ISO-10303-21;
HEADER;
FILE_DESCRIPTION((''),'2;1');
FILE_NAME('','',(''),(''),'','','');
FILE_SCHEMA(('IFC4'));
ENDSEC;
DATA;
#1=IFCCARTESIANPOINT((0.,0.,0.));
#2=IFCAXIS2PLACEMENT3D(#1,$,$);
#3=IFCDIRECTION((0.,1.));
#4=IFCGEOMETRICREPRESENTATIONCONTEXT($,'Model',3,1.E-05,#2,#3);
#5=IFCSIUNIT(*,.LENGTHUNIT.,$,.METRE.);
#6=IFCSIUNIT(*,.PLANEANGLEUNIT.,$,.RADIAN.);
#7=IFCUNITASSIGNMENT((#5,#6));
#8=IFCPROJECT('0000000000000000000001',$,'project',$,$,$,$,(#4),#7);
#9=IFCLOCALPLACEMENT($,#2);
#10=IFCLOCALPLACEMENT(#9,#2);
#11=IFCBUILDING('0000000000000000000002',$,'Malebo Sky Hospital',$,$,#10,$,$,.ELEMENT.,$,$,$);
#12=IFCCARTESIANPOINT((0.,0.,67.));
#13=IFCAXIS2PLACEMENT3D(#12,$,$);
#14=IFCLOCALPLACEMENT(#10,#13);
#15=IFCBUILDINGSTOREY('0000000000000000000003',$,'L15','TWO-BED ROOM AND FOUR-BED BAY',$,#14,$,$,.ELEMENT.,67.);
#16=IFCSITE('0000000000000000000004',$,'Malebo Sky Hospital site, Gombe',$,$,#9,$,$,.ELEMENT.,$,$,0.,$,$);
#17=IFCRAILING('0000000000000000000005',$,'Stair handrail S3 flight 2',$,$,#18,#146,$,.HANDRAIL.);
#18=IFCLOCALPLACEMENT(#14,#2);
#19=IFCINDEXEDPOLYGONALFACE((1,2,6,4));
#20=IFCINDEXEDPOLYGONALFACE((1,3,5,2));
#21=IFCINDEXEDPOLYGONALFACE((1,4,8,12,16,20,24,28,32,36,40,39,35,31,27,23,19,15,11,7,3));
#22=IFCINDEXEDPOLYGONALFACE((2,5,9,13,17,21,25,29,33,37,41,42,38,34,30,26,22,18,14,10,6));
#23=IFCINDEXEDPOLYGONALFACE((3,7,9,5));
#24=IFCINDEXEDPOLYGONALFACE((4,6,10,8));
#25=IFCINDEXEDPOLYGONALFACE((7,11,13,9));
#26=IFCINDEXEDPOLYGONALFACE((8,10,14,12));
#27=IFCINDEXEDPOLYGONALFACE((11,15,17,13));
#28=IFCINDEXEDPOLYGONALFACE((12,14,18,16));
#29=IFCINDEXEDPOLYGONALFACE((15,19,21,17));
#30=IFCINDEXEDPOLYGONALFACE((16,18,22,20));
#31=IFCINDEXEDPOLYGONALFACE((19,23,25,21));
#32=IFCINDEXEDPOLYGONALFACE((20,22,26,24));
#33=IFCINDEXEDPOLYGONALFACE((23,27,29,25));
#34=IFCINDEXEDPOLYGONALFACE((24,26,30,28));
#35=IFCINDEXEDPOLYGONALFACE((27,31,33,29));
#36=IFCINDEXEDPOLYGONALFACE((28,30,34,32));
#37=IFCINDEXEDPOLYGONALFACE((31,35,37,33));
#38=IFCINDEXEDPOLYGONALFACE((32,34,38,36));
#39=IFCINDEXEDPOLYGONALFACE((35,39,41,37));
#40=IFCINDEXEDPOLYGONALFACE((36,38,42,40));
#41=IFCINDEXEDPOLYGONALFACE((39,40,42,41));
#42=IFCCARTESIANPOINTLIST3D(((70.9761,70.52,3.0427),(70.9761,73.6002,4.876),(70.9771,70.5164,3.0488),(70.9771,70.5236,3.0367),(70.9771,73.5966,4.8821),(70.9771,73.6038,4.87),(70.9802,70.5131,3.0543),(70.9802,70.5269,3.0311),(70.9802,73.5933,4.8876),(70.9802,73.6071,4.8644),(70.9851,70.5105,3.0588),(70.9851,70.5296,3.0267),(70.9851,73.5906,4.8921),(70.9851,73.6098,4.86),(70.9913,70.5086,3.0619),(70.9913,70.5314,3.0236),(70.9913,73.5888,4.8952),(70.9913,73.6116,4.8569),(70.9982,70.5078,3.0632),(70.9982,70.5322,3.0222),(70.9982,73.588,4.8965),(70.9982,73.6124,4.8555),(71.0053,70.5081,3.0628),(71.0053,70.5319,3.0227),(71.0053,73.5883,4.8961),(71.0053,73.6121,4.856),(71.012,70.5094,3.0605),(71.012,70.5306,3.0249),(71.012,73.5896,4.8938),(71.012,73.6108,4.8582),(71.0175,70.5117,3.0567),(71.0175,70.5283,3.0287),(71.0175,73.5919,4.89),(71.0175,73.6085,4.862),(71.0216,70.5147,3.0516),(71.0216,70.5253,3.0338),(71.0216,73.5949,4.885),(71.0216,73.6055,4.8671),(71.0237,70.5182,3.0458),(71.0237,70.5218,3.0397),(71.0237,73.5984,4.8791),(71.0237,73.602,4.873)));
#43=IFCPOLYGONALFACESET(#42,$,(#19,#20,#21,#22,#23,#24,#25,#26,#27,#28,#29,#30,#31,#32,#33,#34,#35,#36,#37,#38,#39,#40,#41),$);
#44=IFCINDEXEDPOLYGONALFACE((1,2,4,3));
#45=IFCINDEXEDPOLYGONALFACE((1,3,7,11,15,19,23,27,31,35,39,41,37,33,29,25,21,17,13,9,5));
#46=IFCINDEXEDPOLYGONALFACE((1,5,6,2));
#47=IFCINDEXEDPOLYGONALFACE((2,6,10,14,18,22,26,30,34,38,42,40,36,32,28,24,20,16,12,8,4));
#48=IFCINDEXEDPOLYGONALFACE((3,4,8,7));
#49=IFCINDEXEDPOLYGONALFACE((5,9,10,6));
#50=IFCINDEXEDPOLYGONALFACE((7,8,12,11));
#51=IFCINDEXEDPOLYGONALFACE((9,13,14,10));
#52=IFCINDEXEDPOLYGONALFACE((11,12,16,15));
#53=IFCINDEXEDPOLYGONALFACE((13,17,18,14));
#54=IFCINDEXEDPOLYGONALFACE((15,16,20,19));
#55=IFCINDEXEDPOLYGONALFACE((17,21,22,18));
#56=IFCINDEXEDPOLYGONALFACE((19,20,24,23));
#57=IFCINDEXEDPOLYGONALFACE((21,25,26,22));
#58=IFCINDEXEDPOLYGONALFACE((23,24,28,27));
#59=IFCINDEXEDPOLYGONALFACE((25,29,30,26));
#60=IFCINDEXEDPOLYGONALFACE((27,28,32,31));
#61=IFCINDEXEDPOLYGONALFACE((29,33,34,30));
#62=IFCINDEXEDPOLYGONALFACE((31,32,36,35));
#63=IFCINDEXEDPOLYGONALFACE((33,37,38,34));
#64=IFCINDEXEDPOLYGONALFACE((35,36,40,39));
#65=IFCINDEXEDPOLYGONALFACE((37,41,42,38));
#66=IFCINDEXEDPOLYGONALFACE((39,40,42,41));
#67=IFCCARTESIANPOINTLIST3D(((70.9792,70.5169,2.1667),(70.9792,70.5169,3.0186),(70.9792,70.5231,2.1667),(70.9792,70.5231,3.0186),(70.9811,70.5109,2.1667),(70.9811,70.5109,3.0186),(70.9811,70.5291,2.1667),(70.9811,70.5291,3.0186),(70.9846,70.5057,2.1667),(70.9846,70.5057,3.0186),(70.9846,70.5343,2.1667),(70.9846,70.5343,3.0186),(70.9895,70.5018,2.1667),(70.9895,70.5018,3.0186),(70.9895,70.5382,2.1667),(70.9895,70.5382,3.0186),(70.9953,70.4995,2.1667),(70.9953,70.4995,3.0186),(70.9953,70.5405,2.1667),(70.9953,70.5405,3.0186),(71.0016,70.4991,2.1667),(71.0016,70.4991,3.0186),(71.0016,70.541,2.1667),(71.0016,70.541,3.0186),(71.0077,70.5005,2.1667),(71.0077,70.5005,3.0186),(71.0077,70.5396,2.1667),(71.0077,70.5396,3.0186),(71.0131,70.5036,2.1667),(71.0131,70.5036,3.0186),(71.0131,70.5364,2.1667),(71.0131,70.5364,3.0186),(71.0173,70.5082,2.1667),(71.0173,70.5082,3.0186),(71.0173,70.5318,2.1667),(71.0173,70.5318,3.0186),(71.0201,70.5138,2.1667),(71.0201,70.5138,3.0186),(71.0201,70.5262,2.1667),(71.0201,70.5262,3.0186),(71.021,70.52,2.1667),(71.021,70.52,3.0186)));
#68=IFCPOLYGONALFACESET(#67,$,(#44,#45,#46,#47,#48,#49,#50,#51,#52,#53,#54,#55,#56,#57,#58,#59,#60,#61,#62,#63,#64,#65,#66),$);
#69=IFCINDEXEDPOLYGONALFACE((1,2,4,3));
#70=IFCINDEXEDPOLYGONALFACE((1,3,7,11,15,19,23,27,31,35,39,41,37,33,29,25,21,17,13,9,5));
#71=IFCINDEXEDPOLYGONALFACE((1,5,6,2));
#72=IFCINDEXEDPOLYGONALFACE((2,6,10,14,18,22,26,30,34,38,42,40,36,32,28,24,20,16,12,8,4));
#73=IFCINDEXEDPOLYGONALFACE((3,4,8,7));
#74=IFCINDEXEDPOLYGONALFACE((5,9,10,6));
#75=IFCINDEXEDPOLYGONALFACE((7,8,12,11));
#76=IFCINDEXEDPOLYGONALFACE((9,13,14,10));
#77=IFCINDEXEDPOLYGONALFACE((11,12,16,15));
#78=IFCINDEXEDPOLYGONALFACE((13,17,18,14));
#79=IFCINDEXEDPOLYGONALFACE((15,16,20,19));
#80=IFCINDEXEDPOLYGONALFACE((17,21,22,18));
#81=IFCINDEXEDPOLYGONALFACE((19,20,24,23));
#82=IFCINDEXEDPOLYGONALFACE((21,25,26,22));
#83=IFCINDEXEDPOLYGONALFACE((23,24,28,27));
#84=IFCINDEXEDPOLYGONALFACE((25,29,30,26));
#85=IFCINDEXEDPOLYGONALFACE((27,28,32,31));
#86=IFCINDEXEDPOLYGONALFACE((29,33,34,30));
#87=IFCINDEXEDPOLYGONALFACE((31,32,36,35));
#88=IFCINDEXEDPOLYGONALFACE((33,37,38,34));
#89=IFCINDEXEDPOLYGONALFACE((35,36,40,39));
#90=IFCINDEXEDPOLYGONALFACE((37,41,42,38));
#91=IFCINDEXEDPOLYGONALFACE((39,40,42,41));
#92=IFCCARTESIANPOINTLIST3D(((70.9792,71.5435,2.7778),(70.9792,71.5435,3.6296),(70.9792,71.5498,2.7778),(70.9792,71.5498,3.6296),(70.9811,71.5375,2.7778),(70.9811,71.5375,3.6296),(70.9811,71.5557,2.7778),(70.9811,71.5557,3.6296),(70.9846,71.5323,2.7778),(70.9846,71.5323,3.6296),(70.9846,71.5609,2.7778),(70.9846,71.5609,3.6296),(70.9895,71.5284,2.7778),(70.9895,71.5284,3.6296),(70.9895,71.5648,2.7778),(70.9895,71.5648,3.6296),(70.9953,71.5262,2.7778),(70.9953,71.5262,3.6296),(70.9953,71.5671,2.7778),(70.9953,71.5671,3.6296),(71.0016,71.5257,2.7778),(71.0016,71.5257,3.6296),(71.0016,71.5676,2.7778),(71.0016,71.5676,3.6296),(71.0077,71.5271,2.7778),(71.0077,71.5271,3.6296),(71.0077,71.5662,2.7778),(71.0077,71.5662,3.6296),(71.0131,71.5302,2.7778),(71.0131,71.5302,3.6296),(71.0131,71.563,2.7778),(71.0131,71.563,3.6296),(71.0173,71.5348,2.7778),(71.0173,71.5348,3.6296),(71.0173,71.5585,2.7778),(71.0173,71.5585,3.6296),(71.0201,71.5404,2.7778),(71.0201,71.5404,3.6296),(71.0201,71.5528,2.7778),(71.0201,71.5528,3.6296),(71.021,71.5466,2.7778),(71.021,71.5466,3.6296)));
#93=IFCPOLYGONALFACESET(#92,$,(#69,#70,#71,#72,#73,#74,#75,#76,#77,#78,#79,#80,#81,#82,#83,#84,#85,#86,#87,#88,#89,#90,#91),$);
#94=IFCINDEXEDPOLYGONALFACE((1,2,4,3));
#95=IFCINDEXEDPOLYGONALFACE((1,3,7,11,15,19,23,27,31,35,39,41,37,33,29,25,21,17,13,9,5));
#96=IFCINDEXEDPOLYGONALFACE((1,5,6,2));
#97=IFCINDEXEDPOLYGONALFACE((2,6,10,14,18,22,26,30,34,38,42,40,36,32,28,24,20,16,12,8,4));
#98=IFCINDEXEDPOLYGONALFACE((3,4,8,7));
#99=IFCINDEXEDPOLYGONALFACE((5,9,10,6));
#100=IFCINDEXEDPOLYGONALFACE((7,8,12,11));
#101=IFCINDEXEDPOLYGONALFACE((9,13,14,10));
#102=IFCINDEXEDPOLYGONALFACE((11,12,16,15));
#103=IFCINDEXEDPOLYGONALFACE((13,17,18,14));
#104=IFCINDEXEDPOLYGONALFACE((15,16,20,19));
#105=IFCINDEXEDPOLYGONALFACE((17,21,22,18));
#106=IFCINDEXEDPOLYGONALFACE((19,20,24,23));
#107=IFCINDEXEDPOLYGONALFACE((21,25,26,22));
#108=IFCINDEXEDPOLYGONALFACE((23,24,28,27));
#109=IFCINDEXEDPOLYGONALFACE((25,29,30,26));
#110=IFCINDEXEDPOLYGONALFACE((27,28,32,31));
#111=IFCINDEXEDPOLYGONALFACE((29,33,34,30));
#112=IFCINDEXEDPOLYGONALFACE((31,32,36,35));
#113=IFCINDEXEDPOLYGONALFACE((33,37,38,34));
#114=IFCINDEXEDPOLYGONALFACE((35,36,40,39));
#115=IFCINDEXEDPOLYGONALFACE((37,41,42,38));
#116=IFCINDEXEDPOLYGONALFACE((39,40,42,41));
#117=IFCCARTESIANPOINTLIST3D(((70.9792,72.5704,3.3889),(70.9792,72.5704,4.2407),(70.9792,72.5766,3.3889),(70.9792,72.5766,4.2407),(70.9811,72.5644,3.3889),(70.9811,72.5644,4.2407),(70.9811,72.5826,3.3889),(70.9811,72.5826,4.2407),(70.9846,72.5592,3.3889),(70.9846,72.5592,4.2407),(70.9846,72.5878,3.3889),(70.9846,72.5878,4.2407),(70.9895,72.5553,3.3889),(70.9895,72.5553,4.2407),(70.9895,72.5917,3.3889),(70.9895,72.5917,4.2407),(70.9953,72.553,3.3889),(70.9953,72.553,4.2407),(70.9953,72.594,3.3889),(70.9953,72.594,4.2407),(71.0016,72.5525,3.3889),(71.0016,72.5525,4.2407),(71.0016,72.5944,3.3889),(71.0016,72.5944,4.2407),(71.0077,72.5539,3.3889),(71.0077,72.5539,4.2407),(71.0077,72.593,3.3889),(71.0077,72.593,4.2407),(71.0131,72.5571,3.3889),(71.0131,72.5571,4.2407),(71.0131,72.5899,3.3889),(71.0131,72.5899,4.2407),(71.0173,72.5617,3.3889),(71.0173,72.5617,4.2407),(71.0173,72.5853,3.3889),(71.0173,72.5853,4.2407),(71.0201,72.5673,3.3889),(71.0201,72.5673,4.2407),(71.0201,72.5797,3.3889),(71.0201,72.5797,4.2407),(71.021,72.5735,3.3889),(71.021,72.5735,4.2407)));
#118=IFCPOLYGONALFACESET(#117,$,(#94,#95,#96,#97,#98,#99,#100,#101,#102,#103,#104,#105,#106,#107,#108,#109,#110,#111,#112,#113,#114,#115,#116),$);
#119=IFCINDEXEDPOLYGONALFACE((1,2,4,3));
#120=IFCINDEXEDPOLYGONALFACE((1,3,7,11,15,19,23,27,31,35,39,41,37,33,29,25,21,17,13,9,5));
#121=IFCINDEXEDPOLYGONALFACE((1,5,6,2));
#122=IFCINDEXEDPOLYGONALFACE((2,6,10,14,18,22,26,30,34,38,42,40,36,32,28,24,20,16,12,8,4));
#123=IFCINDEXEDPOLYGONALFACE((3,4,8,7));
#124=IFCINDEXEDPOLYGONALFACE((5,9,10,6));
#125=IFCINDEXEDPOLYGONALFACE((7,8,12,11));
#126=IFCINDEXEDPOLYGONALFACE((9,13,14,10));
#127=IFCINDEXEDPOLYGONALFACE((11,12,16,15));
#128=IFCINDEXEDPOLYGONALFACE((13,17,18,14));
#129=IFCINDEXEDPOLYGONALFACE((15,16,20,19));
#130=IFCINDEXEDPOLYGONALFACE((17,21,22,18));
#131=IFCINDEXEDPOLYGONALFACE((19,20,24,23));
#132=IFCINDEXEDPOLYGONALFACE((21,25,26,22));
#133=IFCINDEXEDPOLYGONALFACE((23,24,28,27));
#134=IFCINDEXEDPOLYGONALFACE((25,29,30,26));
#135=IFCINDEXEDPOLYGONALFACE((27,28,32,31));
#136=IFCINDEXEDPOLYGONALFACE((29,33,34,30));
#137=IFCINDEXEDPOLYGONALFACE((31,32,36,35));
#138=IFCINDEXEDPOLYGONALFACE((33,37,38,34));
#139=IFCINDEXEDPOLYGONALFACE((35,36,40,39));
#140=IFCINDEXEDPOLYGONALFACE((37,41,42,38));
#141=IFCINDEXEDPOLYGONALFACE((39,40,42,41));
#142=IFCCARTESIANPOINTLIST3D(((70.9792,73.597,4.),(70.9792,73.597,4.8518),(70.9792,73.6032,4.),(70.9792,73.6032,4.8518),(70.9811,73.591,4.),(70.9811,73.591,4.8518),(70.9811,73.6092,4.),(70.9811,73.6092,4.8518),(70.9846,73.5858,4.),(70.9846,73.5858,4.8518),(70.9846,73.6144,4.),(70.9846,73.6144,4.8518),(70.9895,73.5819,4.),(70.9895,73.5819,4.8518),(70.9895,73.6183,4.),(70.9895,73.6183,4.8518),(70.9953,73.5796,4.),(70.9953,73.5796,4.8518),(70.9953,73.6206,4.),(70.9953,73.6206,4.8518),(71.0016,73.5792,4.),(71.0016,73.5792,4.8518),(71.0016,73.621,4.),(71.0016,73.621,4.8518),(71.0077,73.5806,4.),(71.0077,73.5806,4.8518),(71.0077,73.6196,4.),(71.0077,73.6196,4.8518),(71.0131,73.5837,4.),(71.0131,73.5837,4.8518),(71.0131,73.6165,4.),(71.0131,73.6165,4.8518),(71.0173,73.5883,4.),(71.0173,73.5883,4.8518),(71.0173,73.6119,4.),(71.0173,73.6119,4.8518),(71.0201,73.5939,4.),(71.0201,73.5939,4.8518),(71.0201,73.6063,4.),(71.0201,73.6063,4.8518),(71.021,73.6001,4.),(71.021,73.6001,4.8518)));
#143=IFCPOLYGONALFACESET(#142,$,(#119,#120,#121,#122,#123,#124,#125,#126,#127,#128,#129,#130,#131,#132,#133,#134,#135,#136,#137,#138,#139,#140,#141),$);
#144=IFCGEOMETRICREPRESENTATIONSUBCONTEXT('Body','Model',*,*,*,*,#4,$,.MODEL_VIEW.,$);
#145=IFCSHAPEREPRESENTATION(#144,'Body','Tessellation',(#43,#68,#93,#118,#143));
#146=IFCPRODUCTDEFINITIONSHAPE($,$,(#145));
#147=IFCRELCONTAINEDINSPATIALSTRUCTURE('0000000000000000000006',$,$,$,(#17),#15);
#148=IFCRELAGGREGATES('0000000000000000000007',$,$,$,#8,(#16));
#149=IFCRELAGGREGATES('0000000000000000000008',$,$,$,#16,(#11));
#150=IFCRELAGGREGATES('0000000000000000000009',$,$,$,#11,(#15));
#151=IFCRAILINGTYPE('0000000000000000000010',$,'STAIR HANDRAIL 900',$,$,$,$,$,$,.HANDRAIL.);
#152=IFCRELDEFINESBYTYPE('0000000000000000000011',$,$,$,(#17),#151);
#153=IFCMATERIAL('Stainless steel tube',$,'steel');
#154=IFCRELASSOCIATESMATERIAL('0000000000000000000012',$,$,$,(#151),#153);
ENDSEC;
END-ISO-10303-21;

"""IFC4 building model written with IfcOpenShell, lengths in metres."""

from ifc_helpers import new_model, si_unit, direction, frame, origin, origin_2d, place, context, subcontext, project, spatial, circle, extrude, material, type_object, element, save


model = new_model("IFC4")

# Units and contexts
model_context = context("Model", 3, precision=1e-05, world=origin(), true_north=direction((0.0, 1.0)))
body_context = subcontext(model_context, "Body", "Model", "MODEL_VIEW")
ifc_project = project(units=[si_unit("LENGTHUNIT", "METRE"), si_unit("PLANEANGLEUNIT", "RADIAN")], contexts=[model_context])

# Site, building, storey
site_placement = place(None, origin())
site = spatial("IfcSite", under=ifc_project, at=site_placement, Name="Malebo Sky Hospital site, Gombe", CompositionType="ELEMENT", RefElevation=0.0)
building_placement = place(site_placement, origin())
building = spatial("IfcBuilding", under=site, at=building_placement, Name="Malebo Sky Hospital", CompositionType="ELEMENT")
storey_placement = place(building_placement, frame((0.0, 0.0, 67.0)))
storey = spatial("IfcBuildingStorey", under=building, at=storey_placement, Name="L15", Description="TWO-BED ROOM AND FOUR-BED BAY", CompositionType="ELEMENT", Elevation=67.0)

# Railing
ifc_material_1 = material(Name="Stainless steel tube", Category="steel")
railing_type = type_object("IfcRailingType", Name="STAIR HANDRAIL 900", PredefinedType="HANDRAIL", material=ifc_material_1)
railing_1_placement = place(storey_placement, frame((71.0, 70.52, 2.1667)))
element("IfcRailing", 1, at=railing_1_placement, inside=storey, type_object=railing_type, Name="Stair handrail S3 flight 2", PredefinedType="HANDRAIL", context=body_context, shape_type="SweptSolid", body=[
    extrude(circle(Radius=0.0239, at=origin_2d()), frame((0.0, 0.0, 0.876), z_axis=(0.0, 0.859309, 0.511458), x_axis=(-1.0, 0.0, 0.0)), (0.0, 0.0, 1.0), 3.5845),
    extrude(circle(Radius=0.021, at=origin_2d()), origin(), (0.0, 0.0, 1.0), 0.8518),
    extrude(circle(Radius=0.021, at=origin_2d()), frame((0.0, 1.0266, 0.6111)), (0.0, 0.0, 1.0), 0.8518),
    extrude(circle(Radius=0.021, at=origin_2d()), frame((0.0, 2.0535, 1.2222)), (0.0, 0.0, 1.0), 0.8518),
    extrude(circle(Radius=0.021, at=origin_2d()), frame((0.0, 3.0801, 1.8333)), (0.0, 0.0, 1.0), 0.8518),
])

save(model, "model.ifc")
